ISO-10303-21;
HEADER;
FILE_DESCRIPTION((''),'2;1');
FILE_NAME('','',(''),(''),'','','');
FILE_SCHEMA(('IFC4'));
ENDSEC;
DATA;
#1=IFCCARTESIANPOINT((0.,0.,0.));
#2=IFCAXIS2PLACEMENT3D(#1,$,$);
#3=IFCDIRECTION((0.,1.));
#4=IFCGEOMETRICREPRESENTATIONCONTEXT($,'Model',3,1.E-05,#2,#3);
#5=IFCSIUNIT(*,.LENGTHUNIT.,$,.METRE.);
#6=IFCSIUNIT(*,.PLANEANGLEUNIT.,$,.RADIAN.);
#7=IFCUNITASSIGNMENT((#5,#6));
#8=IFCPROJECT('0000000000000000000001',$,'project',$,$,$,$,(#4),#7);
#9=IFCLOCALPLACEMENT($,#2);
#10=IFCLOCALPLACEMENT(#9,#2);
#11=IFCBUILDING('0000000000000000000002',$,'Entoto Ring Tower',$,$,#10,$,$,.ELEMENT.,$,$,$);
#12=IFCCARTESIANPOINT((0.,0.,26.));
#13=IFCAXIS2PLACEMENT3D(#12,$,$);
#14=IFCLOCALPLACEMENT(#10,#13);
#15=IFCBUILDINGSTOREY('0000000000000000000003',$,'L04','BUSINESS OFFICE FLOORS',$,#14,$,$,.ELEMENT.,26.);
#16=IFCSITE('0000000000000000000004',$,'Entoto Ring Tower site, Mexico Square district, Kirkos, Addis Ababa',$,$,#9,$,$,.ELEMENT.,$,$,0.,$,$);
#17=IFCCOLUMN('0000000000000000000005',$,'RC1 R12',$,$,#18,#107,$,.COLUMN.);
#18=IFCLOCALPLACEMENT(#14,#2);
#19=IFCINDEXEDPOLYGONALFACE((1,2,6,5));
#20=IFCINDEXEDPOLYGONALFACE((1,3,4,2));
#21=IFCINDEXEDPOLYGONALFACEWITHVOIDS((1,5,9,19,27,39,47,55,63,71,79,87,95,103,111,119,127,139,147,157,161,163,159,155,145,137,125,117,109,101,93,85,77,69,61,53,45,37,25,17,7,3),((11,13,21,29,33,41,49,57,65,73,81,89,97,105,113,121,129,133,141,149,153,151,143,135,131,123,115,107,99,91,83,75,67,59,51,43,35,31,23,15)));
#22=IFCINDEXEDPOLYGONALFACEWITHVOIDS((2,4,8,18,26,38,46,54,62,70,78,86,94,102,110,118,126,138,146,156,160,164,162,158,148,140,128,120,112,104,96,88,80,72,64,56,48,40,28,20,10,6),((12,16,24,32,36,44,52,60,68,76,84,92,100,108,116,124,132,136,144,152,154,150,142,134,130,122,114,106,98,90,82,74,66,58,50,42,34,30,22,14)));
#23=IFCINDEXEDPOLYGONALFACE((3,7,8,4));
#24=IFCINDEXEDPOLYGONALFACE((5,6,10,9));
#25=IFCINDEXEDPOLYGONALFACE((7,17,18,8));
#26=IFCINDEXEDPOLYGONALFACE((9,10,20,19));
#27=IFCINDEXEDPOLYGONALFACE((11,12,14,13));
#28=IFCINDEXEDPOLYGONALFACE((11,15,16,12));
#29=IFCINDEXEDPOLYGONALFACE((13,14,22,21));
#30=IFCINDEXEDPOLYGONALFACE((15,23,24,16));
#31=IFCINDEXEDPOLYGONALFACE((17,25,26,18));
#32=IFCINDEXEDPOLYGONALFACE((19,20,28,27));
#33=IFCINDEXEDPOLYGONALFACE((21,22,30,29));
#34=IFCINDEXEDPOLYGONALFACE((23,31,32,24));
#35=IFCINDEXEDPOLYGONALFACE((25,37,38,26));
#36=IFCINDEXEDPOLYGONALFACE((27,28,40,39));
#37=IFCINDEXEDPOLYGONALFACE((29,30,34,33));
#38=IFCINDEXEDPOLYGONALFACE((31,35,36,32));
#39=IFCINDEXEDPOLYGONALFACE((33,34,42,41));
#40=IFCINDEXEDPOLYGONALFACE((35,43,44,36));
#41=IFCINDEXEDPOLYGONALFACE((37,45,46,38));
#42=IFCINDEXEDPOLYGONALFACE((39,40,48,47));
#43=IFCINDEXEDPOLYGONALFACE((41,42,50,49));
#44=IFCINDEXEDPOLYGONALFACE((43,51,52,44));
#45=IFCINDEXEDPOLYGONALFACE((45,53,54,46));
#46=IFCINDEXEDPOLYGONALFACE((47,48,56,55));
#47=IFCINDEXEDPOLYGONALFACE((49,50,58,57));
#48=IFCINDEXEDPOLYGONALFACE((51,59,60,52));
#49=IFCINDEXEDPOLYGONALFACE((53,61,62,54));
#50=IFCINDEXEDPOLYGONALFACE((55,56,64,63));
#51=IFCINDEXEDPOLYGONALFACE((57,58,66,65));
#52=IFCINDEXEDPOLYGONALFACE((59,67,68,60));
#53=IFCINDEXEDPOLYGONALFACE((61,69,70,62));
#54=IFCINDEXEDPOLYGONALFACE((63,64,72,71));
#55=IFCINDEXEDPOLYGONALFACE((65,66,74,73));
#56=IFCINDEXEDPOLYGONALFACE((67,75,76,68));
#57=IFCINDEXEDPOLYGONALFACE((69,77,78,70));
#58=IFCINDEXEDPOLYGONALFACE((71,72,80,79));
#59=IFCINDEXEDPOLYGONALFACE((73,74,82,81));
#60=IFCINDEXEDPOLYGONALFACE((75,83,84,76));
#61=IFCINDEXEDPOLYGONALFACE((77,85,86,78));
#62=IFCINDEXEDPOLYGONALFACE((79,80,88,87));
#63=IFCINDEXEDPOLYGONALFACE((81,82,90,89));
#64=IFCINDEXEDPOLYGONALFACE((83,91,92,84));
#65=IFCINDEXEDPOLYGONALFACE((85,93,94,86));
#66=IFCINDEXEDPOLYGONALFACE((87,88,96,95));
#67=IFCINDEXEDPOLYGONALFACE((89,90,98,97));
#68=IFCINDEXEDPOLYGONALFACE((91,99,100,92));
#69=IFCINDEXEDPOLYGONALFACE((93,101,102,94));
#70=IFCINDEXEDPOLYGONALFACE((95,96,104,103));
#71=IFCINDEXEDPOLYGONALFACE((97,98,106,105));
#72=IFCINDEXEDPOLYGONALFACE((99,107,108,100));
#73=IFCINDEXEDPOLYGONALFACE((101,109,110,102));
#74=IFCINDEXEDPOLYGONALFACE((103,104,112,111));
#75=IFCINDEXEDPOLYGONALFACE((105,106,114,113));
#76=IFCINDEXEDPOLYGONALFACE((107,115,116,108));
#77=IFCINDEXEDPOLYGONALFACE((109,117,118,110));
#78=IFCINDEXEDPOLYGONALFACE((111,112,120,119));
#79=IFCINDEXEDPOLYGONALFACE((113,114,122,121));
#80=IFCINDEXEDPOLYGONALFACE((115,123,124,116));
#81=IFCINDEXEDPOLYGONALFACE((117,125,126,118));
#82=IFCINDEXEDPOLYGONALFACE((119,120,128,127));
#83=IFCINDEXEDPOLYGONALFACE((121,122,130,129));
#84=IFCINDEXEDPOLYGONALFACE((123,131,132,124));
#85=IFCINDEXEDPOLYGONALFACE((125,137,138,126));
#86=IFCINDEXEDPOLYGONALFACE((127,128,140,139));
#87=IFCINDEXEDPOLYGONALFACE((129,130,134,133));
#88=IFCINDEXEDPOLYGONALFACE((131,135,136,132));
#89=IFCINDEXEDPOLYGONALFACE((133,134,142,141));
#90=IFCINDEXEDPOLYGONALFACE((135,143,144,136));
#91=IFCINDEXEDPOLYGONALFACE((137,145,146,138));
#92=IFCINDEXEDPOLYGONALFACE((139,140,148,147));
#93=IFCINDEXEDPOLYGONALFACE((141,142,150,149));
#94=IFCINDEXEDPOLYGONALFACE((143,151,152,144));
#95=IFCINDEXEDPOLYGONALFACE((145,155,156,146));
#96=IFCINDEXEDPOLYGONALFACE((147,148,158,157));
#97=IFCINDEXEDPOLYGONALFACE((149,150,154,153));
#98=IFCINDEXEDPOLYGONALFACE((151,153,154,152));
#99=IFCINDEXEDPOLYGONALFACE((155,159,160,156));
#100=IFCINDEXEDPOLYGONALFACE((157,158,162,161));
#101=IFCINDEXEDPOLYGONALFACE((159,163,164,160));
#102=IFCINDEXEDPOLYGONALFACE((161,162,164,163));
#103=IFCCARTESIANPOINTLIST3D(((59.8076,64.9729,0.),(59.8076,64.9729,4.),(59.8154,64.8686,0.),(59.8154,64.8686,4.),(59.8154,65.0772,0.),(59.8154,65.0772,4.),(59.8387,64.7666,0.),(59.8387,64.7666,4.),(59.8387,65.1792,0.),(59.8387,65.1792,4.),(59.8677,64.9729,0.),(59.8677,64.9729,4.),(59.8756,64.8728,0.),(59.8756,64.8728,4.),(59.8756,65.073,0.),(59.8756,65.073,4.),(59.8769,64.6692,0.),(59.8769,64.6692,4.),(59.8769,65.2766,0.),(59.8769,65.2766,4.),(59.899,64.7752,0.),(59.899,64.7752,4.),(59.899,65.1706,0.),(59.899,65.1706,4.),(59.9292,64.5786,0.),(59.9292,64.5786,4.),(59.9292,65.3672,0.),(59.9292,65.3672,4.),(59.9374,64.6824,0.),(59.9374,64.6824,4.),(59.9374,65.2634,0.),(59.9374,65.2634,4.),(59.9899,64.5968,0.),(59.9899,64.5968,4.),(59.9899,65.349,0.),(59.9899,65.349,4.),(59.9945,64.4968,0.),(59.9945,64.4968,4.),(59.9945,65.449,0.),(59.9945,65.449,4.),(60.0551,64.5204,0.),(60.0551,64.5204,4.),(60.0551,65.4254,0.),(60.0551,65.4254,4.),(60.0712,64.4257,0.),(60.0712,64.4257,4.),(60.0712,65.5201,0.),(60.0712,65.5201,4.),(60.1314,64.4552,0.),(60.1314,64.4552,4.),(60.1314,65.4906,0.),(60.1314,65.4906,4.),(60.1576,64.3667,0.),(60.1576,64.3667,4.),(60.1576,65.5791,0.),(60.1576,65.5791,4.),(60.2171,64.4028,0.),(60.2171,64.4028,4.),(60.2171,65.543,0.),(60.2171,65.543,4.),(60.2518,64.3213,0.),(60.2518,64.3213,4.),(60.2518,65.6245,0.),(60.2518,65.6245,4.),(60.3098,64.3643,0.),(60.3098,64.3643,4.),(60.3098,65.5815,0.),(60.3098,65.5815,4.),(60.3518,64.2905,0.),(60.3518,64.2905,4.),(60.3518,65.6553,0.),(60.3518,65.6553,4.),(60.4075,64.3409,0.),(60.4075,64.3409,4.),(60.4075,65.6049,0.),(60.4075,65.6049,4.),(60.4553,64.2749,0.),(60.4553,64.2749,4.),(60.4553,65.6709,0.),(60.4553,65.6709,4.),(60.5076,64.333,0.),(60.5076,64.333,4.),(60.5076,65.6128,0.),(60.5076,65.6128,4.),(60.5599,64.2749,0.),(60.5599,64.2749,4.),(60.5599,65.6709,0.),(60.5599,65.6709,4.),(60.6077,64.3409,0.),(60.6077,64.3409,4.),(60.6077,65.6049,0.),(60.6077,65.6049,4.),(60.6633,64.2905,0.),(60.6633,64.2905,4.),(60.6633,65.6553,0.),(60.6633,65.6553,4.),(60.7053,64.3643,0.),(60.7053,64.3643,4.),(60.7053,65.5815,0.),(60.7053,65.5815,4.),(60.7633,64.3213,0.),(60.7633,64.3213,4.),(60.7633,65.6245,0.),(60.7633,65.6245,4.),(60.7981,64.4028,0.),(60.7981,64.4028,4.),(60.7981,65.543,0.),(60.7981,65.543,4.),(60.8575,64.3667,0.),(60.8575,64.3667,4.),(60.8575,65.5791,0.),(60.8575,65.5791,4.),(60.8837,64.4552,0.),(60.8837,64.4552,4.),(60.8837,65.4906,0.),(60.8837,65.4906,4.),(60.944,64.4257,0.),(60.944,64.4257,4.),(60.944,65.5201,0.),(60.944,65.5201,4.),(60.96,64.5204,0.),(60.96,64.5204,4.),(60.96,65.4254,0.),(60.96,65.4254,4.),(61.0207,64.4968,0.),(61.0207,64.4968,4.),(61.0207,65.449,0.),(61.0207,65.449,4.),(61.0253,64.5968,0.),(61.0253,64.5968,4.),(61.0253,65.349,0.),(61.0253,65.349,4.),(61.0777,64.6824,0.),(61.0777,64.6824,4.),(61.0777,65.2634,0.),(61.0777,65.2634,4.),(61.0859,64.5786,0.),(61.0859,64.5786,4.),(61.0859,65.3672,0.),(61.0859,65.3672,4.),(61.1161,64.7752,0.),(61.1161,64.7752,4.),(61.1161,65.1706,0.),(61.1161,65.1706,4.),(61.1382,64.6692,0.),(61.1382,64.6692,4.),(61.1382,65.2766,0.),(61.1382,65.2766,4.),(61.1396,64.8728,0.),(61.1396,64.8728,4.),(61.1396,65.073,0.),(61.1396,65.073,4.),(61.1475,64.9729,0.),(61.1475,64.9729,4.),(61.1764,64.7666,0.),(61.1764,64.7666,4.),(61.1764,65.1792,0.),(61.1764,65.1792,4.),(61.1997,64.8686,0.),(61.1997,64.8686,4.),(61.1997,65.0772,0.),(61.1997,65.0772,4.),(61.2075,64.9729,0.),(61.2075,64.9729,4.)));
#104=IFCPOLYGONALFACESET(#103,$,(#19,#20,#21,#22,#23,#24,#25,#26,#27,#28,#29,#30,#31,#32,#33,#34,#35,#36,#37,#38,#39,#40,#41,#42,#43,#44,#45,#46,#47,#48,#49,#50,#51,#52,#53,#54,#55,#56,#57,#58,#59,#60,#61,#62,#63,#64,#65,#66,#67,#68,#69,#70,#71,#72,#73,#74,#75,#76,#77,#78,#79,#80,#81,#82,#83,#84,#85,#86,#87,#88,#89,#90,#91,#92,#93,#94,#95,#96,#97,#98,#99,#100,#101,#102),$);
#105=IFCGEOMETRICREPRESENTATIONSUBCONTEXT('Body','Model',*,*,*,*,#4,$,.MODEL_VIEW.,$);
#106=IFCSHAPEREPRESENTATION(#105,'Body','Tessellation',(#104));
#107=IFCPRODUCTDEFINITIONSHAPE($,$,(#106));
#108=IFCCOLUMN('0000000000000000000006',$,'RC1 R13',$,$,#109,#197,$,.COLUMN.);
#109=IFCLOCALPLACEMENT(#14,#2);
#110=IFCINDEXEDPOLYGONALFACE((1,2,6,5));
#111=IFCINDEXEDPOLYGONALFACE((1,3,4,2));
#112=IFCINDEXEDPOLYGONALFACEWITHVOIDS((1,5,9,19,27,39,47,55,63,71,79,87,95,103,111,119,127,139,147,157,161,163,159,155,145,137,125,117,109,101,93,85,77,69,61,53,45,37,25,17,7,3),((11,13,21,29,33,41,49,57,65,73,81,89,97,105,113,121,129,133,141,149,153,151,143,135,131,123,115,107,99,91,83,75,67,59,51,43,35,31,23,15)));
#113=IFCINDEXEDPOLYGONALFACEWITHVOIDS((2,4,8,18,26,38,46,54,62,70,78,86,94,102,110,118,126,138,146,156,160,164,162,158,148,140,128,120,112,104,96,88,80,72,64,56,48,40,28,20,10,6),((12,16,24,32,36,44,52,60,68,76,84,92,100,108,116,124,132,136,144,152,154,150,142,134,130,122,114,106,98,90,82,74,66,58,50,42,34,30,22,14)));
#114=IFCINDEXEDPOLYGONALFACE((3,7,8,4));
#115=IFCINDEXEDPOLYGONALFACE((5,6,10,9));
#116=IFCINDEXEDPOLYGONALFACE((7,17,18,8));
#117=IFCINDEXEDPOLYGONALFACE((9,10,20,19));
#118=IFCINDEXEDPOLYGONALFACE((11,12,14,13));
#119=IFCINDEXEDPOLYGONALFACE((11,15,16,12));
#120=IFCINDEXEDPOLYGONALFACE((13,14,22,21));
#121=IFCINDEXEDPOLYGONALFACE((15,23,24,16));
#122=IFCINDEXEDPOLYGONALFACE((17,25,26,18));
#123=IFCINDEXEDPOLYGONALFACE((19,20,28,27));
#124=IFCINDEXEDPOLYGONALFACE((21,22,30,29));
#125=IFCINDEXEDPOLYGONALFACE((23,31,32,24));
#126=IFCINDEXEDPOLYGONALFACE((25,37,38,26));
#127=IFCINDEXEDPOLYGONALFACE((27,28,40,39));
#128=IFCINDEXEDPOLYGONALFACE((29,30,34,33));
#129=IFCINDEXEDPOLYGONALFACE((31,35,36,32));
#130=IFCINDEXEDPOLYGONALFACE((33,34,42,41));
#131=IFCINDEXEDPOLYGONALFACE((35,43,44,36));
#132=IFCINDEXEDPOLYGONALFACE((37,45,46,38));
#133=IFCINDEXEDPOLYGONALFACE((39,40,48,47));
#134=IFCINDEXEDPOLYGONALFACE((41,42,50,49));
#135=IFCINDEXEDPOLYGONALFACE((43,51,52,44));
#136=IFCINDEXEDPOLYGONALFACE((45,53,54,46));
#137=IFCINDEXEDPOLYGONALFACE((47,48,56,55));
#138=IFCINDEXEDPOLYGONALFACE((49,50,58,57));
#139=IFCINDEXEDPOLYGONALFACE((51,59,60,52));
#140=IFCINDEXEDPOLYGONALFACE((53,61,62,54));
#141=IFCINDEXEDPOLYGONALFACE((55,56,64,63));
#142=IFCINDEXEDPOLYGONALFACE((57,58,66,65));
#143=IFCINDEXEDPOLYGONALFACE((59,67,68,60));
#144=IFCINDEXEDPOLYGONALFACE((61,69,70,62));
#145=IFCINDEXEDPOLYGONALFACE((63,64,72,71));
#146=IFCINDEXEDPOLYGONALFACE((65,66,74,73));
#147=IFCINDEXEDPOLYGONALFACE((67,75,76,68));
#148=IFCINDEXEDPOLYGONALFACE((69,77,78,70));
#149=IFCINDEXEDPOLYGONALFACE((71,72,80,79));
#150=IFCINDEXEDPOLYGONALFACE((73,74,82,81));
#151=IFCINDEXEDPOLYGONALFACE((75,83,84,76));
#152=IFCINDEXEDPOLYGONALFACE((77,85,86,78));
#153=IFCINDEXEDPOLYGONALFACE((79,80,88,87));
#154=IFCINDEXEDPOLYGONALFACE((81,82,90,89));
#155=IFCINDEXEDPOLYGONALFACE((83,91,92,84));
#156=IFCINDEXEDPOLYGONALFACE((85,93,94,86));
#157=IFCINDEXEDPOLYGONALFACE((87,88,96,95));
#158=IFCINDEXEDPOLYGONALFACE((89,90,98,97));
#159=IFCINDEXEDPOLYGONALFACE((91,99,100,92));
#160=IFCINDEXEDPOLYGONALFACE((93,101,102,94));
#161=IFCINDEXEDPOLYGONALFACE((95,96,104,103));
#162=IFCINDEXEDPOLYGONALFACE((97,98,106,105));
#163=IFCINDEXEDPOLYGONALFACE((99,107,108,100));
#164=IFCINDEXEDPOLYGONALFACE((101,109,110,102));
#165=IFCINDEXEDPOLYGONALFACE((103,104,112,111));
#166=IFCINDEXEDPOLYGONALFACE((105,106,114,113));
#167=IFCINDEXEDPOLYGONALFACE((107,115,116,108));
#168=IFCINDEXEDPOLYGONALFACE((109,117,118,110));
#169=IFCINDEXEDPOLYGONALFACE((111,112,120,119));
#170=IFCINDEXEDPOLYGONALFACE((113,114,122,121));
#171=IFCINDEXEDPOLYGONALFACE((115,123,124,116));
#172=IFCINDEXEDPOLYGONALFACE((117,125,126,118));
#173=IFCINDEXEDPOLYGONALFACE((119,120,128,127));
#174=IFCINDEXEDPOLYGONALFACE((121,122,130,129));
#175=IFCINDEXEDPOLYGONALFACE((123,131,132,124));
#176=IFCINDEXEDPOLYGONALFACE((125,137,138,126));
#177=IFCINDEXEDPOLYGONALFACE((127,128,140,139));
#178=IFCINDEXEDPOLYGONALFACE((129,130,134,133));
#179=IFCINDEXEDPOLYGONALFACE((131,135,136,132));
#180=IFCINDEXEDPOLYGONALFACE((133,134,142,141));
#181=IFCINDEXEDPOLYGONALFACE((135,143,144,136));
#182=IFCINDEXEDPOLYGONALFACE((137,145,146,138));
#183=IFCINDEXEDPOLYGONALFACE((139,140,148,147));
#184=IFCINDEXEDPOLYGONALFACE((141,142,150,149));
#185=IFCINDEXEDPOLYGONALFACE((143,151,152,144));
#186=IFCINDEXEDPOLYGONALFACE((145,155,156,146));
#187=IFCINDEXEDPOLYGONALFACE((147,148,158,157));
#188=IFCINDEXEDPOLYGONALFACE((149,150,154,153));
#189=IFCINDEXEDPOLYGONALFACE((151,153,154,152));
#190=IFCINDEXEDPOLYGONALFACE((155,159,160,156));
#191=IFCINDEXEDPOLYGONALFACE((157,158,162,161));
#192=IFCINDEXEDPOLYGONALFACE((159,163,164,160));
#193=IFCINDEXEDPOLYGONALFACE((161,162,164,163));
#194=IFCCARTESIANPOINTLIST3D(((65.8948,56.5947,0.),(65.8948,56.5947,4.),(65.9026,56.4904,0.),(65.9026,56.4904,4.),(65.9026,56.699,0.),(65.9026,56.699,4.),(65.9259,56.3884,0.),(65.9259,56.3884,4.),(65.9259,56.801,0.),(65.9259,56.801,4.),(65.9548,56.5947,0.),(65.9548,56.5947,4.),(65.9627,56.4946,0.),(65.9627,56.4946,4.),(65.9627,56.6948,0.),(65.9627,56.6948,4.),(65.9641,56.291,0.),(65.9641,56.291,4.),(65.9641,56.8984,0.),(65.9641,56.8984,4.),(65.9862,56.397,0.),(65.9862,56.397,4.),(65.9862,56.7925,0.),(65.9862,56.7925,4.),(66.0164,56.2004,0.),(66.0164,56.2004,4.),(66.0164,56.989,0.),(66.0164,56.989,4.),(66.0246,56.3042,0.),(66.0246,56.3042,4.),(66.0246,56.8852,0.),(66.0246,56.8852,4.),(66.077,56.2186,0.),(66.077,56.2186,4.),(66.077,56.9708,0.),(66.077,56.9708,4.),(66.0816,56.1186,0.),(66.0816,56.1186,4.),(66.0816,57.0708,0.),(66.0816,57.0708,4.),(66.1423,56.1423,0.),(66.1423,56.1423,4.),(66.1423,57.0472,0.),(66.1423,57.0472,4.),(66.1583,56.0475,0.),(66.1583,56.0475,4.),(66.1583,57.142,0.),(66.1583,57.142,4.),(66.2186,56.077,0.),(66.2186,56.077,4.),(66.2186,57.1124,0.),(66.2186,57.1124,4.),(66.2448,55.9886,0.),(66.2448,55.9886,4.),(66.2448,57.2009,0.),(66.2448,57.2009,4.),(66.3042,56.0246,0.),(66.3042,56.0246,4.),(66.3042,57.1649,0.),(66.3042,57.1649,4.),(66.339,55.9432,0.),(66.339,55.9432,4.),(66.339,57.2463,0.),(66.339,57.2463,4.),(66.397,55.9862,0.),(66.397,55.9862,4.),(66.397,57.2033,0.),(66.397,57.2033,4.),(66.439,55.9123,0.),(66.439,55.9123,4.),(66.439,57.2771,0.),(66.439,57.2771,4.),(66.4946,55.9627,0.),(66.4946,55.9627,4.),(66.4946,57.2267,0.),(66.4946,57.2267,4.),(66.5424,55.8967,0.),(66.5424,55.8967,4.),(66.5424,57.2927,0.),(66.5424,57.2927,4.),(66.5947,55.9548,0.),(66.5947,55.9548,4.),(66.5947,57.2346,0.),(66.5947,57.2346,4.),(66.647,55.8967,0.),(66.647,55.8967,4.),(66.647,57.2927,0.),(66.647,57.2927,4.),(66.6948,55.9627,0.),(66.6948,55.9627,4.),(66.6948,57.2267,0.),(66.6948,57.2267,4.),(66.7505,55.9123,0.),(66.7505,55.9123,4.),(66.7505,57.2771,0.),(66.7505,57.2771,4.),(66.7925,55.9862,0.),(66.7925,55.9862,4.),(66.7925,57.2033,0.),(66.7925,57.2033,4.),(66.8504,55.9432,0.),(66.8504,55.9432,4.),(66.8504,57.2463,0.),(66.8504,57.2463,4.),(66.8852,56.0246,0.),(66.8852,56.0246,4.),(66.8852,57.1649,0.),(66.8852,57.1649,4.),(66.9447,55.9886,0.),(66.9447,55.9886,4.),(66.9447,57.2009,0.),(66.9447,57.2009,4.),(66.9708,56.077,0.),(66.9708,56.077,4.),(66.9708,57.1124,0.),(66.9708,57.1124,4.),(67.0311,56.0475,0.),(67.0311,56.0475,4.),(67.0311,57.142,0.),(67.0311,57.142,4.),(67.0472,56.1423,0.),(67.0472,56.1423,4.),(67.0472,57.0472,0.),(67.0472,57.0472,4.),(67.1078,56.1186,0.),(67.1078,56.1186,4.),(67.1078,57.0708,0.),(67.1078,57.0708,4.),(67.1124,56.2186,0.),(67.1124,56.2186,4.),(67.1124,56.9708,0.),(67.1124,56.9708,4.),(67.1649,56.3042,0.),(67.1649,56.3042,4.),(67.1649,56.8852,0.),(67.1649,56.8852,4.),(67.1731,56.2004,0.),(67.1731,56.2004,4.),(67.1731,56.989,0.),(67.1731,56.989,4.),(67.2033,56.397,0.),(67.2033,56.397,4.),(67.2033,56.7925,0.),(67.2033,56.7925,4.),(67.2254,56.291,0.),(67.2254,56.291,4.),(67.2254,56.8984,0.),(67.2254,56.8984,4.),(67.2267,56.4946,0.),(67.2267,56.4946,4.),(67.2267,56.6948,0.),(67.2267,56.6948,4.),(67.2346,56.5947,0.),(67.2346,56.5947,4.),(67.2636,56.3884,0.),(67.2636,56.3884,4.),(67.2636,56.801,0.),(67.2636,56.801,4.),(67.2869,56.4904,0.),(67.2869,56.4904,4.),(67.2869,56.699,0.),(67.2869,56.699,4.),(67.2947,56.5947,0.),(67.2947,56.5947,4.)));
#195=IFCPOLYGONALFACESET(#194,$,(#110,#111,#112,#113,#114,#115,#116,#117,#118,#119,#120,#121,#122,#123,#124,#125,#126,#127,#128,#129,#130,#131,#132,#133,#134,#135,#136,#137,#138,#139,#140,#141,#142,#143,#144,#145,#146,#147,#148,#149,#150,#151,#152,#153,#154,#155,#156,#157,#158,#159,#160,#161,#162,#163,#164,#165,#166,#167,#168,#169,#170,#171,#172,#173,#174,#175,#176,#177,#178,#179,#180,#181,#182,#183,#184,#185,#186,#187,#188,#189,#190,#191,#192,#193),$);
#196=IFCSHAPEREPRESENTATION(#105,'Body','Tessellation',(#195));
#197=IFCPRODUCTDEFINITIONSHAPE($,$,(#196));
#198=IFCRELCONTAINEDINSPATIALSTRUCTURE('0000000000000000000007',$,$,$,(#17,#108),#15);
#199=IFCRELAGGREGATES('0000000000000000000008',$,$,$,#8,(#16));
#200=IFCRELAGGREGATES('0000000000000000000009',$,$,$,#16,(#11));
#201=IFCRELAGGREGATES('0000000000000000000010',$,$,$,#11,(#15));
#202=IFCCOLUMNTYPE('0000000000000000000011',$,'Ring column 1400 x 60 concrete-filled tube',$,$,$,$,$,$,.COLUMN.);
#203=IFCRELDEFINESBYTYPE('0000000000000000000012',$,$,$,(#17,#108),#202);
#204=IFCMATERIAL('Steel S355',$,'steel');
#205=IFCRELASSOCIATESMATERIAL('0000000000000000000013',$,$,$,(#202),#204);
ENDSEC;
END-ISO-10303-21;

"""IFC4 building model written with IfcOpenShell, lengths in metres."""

from ifc_helpers import new_model, si_unit, direction, frame, origin, origin_2d, place, context, subcontext, project, spatial, circle, hollow_circle, extrude, material, material_profile, profile_set, type_object, element, save


model = new_model("IFC4")

# Units and contexts
model_context = context("Model", 3, precision=1e-05, world=origin(), true_north=direction((0.0, 1.0)))
body_context = subcontext(model_context, "Body", "Model", "MODEL_VIEW")
ifc_project = project(units=[si_unit("LENGTHUNIT", "METRE"), si_unit("PLANEANGLEUNIT", "RADIAN")], contexts=[model_context])

# Site, building, storey
site_placement = place(None, origin())
site = spatial("IfcSite", under=ifc_project, at=site_placement, Name="Entoto Ring Tower site, Mexico Square district, Kirkos, Addis Ababa", CompositionType="ELEMENT", RefElevation=0.0)
building_placement = place(site_placement, origin())
building = spatial("IfcBuilding", under=site, at=building_placement, Name="Entoto Ring Tower", CompositionType="ELEMENT")
storey_placement = place(building_placement, frame((0.0, 0.0, 26.0)))
storey = spatial("IfcBuildingStorey", under=building, at=storey_placement, Name="L04", Description="BUSINESS OFFICE FLOORS", CompositionType="ELEMENT", Elevation=26.0)

# Columns
ifc_material_1 = material(Name="Steel S355", Category="steel")
ifc_material_profile_1 = material_profile(ifc_material_1, hollow_circle(Radius=0.7, WallThickness=0.0601, at=origin_2d()), Name="CHS 1400 x 60")
ifc_material_2 = material(Name="Concrete C60/75", Category="concrete")
ifc_material_profile_2 = material_profile(ifc_material_2, circle(Radius=0.6399, at=origin_2d()), Name="Concrete C60/75 infill")
ifc_profile_set_1 = profile_set([ifc_material_profile_1, ifc_material_profile_2], Name="Steel S355")
column_type = type_object("IfcColumnType", Name="Ring column 1400 x 60 concrete-filled tube", PredefinedType="COLUMN", material=ifc_profile_set_1)
for number, where, z_axis, x_axis, name in (
    (1, (60.5076, 64.9729, 0.0), (0.0, 0.0, 1.0), (1.0, 0.0, 0.0), "RC1 R12"),
    (2, (66.5947, 56.5947, 0.0), (0.0, 0.0, 1.0), (1.0, 0.0, 0.0), "RC1 R13"),
):
    element("IfcColumn", number, at=place(storey_placement, frame(where, z_axis=z_axis, x_axis=x_axis)), inside=storey, type_object=column_type, Name=name, PredefinedType="COLUMN", context=body_context, shape_type="SweptSolid", body=[
        extrude(hollow_circle(Radius=0.7, WallThickness=0.0601, at=origin_2d()), origin(), (0.0, 0.0, 1.0), 4.0),
    ])

save(model, "model.ifc")
